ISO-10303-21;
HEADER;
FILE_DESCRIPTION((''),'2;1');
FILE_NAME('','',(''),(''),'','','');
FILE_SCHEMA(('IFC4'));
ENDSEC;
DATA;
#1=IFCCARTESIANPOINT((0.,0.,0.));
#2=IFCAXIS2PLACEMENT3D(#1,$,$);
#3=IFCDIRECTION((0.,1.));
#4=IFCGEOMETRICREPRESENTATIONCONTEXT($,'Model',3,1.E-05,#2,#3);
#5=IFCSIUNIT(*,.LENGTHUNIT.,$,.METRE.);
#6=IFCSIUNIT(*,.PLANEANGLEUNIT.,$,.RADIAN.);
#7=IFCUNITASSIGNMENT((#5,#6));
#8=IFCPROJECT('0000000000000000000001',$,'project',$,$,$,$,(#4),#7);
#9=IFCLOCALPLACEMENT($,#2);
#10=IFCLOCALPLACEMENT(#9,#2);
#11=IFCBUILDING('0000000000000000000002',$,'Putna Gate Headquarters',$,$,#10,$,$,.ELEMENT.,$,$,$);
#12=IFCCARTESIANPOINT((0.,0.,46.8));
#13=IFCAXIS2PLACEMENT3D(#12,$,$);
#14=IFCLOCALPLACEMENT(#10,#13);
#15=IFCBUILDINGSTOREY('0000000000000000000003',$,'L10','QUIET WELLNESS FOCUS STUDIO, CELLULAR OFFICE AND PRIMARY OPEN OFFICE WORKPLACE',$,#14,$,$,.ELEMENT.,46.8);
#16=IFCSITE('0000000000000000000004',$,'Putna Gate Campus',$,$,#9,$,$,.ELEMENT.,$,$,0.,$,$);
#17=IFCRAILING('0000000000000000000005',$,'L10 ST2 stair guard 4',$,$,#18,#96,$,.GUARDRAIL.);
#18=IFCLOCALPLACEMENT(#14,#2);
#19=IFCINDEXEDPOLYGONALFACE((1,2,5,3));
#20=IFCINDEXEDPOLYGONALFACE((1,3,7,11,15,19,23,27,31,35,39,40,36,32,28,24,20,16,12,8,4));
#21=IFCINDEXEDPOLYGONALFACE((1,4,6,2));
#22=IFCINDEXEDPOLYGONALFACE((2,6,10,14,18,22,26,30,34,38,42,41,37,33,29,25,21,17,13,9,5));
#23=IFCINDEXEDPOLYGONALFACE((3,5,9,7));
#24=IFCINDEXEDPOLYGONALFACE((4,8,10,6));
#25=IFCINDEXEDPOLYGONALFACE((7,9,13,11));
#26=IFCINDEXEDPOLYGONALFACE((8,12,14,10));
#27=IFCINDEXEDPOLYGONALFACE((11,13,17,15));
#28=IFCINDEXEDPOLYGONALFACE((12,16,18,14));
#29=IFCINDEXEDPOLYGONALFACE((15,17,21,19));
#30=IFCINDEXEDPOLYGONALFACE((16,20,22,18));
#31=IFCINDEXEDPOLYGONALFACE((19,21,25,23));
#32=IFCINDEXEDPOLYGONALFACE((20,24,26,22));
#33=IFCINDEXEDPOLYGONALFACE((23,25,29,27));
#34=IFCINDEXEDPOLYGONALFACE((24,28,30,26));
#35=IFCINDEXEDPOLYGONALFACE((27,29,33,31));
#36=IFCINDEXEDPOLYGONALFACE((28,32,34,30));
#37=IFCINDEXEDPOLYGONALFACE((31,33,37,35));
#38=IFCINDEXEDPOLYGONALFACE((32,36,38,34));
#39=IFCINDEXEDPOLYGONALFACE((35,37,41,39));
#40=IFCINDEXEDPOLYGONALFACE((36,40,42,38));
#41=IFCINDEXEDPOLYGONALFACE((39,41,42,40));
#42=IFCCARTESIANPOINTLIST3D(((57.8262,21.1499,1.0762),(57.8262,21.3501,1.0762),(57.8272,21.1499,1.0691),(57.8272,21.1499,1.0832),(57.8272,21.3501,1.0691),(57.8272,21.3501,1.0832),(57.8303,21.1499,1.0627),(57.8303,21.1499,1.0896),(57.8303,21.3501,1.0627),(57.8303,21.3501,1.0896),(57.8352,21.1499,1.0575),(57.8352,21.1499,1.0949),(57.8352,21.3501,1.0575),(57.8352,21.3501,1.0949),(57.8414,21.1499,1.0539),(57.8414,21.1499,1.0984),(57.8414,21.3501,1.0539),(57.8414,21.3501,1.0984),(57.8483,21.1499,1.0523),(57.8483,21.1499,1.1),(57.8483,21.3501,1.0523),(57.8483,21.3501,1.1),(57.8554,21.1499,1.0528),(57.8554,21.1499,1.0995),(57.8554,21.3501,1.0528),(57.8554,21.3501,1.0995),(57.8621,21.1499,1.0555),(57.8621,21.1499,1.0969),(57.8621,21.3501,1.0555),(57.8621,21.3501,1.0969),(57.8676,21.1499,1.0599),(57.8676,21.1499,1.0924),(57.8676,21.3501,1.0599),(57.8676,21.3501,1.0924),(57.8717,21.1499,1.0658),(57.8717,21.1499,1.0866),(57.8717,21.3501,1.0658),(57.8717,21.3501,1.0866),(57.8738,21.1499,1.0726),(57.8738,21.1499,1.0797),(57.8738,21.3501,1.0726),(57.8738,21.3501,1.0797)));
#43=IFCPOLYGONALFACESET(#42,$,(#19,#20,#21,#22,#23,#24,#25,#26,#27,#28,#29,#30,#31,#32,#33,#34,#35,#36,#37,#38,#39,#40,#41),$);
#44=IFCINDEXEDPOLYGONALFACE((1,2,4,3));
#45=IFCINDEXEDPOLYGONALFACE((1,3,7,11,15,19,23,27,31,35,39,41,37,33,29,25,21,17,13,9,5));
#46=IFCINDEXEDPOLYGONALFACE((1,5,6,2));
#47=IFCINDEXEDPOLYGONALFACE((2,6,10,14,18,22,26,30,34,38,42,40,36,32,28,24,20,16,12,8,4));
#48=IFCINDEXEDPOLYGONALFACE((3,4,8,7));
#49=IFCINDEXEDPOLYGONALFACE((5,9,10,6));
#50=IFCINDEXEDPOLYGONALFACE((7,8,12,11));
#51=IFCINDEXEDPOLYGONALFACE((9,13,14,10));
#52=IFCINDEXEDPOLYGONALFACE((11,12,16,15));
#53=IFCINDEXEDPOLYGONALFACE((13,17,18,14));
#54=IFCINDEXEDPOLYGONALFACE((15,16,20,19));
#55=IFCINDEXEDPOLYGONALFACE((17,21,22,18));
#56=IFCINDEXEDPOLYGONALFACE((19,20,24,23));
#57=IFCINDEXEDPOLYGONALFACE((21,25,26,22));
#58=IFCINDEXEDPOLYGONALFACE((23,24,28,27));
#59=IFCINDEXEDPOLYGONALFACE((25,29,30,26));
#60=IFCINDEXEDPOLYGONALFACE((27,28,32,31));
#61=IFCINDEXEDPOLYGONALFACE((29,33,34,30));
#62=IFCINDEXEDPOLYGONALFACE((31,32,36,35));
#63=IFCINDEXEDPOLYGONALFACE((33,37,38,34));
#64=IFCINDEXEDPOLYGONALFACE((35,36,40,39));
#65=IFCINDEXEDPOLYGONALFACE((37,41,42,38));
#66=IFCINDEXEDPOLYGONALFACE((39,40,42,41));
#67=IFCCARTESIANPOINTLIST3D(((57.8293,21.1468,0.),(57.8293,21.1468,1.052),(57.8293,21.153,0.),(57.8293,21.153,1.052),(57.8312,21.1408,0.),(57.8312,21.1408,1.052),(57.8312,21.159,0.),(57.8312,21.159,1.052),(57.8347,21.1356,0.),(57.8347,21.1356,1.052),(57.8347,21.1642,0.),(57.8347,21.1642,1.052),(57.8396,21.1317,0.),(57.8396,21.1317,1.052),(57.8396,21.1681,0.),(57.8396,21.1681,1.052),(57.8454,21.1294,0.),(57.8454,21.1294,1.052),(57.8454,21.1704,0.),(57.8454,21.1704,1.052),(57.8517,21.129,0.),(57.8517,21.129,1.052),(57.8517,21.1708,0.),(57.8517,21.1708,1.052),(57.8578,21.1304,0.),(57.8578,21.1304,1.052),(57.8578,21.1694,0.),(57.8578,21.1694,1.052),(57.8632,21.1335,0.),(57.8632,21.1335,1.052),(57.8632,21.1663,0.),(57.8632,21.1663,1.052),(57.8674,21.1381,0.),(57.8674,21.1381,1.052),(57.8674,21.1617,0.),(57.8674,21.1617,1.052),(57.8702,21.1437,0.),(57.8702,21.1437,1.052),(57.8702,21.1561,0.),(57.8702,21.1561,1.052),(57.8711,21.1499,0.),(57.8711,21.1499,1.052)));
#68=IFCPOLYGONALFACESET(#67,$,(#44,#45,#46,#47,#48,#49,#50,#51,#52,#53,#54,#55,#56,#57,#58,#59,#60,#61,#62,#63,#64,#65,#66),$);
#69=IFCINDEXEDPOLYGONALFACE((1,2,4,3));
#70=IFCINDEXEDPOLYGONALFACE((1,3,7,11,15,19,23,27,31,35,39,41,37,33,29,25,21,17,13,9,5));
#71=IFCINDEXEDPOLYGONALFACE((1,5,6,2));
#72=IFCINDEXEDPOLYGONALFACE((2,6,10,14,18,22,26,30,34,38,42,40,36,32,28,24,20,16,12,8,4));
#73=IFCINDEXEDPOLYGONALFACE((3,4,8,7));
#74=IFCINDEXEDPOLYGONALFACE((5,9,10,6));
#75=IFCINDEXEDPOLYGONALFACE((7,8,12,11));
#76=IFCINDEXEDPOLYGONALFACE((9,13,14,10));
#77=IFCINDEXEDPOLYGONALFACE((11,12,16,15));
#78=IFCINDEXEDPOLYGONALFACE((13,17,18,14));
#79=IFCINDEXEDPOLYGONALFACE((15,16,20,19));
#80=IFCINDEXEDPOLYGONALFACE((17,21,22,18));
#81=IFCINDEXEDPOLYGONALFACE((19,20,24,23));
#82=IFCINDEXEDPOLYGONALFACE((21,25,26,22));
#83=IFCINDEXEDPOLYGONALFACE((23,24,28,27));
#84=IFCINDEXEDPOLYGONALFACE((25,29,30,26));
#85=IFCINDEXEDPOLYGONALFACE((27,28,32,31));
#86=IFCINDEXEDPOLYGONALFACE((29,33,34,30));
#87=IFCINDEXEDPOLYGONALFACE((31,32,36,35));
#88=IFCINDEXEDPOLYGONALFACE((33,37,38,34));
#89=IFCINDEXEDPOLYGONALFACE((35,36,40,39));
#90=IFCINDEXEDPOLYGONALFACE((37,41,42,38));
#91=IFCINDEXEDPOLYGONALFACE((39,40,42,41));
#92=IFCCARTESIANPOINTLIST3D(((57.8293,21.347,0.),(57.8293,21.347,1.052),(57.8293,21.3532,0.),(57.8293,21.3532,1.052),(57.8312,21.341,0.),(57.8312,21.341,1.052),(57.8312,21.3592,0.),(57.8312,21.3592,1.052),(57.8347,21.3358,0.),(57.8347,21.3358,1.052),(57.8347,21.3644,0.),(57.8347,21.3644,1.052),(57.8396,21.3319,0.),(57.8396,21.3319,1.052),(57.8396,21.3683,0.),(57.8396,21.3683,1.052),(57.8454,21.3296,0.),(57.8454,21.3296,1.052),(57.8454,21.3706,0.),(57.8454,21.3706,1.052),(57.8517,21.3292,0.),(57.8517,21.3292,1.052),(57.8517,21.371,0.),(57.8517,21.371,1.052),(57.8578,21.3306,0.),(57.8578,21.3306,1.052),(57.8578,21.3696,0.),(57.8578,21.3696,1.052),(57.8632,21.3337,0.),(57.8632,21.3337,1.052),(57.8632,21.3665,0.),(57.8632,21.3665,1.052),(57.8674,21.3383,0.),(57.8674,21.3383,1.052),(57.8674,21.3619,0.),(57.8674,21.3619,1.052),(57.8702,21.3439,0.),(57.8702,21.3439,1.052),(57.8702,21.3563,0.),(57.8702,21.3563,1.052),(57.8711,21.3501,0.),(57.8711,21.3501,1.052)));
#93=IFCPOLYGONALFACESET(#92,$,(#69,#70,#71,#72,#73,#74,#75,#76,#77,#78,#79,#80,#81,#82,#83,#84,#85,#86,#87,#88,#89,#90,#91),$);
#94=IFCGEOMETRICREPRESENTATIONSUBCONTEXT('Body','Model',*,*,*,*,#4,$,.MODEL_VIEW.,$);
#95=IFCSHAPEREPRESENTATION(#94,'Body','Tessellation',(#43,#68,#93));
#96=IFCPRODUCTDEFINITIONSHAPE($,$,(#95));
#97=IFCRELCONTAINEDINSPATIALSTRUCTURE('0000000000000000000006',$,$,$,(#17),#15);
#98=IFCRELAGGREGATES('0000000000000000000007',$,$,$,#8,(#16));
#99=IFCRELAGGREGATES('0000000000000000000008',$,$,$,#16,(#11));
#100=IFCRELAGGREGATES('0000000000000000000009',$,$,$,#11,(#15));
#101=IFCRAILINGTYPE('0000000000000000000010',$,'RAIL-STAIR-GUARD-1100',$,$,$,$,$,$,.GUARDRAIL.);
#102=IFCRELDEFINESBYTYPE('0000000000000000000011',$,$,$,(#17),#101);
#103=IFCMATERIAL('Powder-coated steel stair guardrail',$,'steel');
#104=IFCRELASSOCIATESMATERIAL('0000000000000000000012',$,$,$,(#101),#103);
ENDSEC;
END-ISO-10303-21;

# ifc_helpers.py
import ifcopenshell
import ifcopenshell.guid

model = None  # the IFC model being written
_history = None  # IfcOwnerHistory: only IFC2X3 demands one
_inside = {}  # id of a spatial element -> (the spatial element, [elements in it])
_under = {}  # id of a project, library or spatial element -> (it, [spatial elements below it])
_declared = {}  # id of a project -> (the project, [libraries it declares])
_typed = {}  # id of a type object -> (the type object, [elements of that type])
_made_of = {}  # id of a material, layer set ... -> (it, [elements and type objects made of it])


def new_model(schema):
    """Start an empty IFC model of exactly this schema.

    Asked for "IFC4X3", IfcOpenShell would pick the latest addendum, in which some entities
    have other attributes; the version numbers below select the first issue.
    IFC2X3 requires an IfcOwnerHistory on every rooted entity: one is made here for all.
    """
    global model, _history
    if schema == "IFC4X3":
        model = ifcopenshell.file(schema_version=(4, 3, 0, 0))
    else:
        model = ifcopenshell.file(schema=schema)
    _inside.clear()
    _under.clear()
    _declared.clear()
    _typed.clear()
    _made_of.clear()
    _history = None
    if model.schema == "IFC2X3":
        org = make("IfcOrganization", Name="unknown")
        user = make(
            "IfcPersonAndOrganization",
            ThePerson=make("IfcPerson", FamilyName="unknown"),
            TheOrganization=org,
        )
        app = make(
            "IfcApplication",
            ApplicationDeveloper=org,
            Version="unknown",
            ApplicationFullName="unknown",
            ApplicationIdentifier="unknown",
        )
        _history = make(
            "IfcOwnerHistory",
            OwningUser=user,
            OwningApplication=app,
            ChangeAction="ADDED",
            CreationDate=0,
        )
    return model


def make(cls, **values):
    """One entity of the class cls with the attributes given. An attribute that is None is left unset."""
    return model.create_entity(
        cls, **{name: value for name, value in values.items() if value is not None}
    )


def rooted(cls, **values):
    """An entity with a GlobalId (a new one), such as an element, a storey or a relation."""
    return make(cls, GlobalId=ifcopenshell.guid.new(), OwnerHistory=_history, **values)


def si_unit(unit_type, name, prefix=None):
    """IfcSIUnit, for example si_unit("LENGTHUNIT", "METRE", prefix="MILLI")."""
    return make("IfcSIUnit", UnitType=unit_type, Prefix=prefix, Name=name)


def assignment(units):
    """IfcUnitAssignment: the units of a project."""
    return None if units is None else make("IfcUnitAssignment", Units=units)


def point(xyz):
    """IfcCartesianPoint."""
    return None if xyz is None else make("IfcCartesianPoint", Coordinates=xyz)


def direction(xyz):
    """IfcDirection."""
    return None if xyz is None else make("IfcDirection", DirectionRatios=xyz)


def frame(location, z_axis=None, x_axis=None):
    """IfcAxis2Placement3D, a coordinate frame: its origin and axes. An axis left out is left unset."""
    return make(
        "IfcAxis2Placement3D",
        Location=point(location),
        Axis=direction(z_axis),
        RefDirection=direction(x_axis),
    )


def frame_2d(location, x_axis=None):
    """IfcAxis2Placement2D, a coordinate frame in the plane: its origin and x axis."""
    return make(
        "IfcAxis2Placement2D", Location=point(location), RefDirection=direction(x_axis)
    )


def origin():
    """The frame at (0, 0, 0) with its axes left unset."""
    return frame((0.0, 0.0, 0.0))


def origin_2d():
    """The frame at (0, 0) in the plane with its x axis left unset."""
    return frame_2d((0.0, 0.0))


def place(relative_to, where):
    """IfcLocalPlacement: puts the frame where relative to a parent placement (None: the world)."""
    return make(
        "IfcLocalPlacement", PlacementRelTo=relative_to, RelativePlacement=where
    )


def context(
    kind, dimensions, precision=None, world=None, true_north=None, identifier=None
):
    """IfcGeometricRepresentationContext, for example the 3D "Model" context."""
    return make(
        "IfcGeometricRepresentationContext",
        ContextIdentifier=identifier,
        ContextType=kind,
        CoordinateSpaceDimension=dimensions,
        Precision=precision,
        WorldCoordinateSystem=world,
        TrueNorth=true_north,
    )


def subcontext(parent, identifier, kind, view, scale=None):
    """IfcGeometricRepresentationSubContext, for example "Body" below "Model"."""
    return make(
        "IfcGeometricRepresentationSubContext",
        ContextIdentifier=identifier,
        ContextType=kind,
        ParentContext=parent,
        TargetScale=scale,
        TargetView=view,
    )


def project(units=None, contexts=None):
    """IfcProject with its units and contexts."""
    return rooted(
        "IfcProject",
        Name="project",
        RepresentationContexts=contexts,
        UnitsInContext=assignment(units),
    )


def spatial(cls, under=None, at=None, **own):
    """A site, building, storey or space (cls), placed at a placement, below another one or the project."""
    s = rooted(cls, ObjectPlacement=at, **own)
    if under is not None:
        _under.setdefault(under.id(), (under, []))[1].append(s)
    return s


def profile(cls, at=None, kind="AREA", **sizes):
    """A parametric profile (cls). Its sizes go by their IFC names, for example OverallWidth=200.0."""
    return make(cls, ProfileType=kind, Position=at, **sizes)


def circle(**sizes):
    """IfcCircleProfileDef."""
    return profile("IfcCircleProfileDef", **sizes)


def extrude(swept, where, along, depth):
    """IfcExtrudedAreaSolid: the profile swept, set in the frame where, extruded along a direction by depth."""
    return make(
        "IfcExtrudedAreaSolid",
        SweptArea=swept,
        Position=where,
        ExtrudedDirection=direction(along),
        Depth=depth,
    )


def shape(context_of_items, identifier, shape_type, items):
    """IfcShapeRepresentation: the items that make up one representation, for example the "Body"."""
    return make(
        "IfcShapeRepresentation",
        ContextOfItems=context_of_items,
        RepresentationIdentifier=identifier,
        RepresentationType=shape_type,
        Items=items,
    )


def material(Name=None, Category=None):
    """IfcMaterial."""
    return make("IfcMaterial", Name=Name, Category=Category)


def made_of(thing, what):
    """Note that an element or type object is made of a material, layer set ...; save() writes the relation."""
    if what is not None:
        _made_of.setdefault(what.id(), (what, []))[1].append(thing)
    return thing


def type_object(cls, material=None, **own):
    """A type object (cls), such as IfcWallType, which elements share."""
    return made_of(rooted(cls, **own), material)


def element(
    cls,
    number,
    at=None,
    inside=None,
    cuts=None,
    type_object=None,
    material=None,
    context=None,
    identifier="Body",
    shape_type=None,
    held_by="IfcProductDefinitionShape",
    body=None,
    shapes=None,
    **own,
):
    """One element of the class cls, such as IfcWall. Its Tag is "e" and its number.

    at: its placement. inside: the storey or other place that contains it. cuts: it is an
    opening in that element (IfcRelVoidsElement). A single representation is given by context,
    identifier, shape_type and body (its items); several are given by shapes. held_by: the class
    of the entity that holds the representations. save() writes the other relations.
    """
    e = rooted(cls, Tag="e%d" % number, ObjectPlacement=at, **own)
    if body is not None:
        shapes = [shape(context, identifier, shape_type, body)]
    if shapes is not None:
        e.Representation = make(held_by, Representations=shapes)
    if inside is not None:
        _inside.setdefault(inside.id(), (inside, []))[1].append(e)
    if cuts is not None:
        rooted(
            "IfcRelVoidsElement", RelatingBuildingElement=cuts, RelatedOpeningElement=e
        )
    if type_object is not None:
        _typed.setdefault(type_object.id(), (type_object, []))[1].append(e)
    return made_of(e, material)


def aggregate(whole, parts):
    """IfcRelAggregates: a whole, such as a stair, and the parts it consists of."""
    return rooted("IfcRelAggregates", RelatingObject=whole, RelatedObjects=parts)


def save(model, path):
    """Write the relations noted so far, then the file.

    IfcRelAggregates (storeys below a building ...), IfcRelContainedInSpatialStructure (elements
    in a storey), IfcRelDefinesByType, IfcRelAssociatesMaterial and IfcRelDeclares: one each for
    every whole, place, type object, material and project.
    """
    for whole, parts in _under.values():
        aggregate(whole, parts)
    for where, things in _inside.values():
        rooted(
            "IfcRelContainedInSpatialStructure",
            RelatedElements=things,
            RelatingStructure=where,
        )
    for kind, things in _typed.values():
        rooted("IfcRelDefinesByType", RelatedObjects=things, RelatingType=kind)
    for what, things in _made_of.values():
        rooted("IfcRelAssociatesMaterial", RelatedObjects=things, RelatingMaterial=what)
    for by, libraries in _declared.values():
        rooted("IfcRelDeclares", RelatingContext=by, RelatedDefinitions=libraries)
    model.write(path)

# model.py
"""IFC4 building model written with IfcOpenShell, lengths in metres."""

from ifc_helpers import new_model, si_unit, direction, frame, origin, origin_2d, place, context, subcontext, project, spatial, circle, extrude, material, type_object, element, save


model = new_model("IFC4")

# Units and contexts
model_context = context("Model", 3, precision=1e-05, world=origin(), true_north=direction((0.0, 1.0)))
body_context = subcontext(model_context, "Body", "Model", "MODEL_VIEW")
ifc_project = project(units=[si_unit("LENGTHUNIT", "METRE"), si_unit("PLANEANGLEUNIT", "RADIAN")], contexts=[model_context])

# Site, building, storey
site_placement = place(None, origin())
site = spatial("IfcSite", under=ifc_project, at=site_placement, Name="Putna Gate Campus", CompositionType="ELEMENT", RefElevation=0.0)
building_placement = place(site_placement, origin())
building = spatial("IfcBuilding", under=site, at=building_placement, Name="Putna Gate Headquarters", CompositionType="ELEMENT")
storey_placement = place(building_placement, frame((0.0, 0.0, 46.8)))
storey = spatial("IfcBuildingStorey", under=building, at=storey_placement, Name="L10", Description="QUIET WELLNESS FOCUS STUDIO, CELLULAR OFFICE AND PRIMARY OPEN OFFICE WORKPLACE", CompositionType="ELEMENT", Elevation=46.8)

# Railing
ifc_material_1 = material(Name="Powder-coated steel stair guardrail", Category="steel")
railing_type_1 = type_object("IfcRailingType", Name="RAIL-STAIR-GUARD-1100", PredefinedType="GUARDRAIL", material=ifc_material_1)
railing_1_placement = place(storey_placement, frame((57.8501, 21.1499, 0.0)))
element("IfcRailing", 1, at=railing_1_placement, inside=storey, type_object=railing_type_1, Name="L10 ST2 stair guard 4", PredefinedType="GUARDRAIL", context=body_context, shape_type="SweptSolid", body=[
    extrude(circle(Radius=0.0239, at=origin_2d()), frame((0.0, 0.0, 1.0762), z_axis=(0.0, 1.0, 0.0), x_axis=(-1.0, 0.0, 0.0)), (0.0, 0.0, 1.0), 0.2002),
    extrude(circle(Radius=0.021, at=origin_2d()), origin(), (0.0, 0.0, 1.0), 1.052),
    extrude(circle(Radius=0.021, at=origin_2d()), frame((0.0, 0.2002, 0.0)), (0.0, 0.0, 1.0), 1.052),
])

save(model, "model.ifc")
